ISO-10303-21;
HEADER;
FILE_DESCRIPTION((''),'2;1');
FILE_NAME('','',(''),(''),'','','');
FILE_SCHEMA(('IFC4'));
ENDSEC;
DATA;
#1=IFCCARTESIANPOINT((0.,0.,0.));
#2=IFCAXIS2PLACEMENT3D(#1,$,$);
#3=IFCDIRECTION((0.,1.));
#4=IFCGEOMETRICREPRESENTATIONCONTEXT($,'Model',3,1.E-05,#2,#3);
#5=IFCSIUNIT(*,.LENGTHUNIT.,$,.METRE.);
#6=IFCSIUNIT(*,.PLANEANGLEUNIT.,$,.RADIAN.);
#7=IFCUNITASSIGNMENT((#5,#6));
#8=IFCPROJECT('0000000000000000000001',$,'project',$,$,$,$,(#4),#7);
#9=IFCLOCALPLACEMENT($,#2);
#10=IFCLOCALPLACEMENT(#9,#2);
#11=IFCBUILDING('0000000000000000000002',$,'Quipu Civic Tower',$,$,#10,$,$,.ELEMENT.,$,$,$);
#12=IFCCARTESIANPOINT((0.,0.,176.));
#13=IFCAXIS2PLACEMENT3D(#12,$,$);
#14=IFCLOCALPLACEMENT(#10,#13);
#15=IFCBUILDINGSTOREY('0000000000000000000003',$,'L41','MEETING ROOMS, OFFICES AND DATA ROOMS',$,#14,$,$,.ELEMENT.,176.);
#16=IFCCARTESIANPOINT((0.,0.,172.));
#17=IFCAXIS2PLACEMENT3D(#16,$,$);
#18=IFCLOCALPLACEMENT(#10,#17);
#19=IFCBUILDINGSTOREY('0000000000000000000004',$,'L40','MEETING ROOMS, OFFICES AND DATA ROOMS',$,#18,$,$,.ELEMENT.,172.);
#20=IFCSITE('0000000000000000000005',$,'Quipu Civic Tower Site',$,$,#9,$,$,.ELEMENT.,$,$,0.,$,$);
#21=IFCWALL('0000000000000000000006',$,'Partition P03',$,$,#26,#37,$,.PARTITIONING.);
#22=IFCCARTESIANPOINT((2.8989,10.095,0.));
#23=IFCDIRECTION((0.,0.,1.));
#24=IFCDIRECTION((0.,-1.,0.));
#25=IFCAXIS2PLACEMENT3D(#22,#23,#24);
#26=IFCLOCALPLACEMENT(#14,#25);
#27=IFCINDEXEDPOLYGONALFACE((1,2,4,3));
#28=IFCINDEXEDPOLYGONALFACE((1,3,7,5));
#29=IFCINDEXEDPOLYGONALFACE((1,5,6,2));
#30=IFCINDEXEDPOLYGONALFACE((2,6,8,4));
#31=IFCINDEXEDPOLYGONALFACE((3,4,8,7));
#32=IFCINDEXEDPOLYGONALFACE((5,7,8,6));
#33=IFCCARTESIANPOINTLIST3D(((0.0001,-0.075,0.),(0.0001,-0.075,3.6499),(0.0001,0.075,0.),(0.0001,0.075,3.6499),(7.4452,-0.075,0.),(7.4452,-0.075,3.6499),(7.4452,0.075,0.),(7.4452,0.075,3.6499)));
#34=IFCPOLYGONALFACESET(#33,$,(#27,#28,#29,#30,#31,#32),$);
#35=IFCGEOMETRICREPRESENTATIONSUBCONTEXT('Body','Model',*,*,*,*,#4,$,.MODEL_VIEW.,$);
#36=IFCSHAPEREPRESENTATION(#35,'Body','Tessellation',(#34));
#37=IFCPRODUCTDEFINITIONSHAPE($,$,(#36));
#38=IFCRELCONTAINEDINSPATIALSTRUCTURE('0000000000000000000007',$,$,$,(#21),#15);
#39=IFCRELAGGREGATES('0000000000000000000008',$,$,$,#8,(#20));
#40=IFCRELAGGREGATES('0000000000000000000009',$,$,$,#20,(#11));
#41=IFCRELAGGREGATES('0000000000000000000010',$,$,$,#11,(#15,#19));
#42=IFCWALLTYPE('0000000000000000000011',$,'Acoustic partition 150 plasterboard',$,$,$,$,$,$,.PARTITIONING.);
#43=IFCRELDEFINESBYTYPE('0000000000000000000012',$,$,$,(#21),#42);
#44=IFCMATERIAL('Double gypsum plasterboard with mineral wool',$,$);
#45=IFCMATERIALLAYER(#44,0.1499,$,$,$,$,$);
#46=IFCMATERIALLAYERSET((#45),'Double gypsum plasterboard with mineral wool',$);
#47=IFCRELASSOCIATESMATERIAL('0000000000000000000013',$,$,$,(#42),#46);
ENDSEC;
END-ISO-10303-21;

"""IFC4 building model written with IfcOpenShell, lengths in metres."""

from ifc_helpers import new_model, si_unit, direction, frame, frame_2d, origin, place, context, subcontext, project, spatial, rectangle, extrude, material, layer, layer_set, type_object, element, save


model = new_model("IFC4")

# Units and contexts
model_context = context("Model", 3, precision=1e-05, world=origin(), true_north=direction((0.0, 1.0)))
body_context = subcontext(model_context, "Body", "Model", "MODEL_VIEW")
ifc_project = project(units=[si_unit("LENGTHUNIT", "METRE"), si_unit("PLANEANGLEUNIT", "RADIAN")], contexts=[model_context])

# Site, building, storey
site_placement = place(None, origin())
site = spatial("IfcSite", under=ifc_project, at=site_placement, Name="Quipu Civic Tower Site", CompositionType="ELEMENT", RefElevation=0.0)
building_placement = place(site_placement, origin())
building = spatial("IfcBuilding", under=site, at=building_placement, Name="Quipu Civic Tower", CompositionType="ELEMENT")
storey_1_placement = place(building_placement, frame((0.0, 0.0, 176.0)))
storey_1 = spatial("IfcBuildingStorey", under=building, at=storey_1_placement, Name="L41", Description="MEETING ROOMS, OFFICES AND DATA ROOMS", CompositionType="ELEMENT", Elevation=176.0)

# Shared definitions
storey_2_placement = place(building_placement, frame((0.0, 0.0, 172.0)))
storey_2 = spatial("IfcBuildingStorey", under=building, at=storey_2_placement, Name="L40", Description="MEETING ROOMS, OFFICES AND DATA ROOMS", CompositionType="ELEMENT", Elevation=172.0)

# Wall
ifc_material_1 = material(Name="Double gypsum plasterboard with mineral wool")
ifc_layer_1 = layer(ifc_material_1, 0.1499)
ifc_layer_set_1 = layer_set([ifc_layer_1], Name="Double gypsum plasterboard with mineral wool")
wall_type_1 = type_object("IfcWallType", Name="Acoustic partition 150 plasterboard", PredefinedType="PARTITIONING", material=ifc_layer_set_1)
wall_1_placement = place(storey_1_placement, frame((2.8989, 10.095, 0.0), z_axis=(0.0, 0.0, 1.0), x_axis=(0.0, -1.0, 0.0)))
element("IfcWall", 1, at=wall_1_placement, inside=storey_1, type_object=wall_type_1, Name="Partition P03", PredefinedType="PARTITIONING", context=body_context, shape_type="SweptSolid", body=[
    extrude(rectangle(XDim=7.4451, YDim=0.1499, at=frame_2d((3.7227, 0.0))), origin(), (0.0, 0.0, 1.0), 3.6499),
])

save(model, "model.ifc")
